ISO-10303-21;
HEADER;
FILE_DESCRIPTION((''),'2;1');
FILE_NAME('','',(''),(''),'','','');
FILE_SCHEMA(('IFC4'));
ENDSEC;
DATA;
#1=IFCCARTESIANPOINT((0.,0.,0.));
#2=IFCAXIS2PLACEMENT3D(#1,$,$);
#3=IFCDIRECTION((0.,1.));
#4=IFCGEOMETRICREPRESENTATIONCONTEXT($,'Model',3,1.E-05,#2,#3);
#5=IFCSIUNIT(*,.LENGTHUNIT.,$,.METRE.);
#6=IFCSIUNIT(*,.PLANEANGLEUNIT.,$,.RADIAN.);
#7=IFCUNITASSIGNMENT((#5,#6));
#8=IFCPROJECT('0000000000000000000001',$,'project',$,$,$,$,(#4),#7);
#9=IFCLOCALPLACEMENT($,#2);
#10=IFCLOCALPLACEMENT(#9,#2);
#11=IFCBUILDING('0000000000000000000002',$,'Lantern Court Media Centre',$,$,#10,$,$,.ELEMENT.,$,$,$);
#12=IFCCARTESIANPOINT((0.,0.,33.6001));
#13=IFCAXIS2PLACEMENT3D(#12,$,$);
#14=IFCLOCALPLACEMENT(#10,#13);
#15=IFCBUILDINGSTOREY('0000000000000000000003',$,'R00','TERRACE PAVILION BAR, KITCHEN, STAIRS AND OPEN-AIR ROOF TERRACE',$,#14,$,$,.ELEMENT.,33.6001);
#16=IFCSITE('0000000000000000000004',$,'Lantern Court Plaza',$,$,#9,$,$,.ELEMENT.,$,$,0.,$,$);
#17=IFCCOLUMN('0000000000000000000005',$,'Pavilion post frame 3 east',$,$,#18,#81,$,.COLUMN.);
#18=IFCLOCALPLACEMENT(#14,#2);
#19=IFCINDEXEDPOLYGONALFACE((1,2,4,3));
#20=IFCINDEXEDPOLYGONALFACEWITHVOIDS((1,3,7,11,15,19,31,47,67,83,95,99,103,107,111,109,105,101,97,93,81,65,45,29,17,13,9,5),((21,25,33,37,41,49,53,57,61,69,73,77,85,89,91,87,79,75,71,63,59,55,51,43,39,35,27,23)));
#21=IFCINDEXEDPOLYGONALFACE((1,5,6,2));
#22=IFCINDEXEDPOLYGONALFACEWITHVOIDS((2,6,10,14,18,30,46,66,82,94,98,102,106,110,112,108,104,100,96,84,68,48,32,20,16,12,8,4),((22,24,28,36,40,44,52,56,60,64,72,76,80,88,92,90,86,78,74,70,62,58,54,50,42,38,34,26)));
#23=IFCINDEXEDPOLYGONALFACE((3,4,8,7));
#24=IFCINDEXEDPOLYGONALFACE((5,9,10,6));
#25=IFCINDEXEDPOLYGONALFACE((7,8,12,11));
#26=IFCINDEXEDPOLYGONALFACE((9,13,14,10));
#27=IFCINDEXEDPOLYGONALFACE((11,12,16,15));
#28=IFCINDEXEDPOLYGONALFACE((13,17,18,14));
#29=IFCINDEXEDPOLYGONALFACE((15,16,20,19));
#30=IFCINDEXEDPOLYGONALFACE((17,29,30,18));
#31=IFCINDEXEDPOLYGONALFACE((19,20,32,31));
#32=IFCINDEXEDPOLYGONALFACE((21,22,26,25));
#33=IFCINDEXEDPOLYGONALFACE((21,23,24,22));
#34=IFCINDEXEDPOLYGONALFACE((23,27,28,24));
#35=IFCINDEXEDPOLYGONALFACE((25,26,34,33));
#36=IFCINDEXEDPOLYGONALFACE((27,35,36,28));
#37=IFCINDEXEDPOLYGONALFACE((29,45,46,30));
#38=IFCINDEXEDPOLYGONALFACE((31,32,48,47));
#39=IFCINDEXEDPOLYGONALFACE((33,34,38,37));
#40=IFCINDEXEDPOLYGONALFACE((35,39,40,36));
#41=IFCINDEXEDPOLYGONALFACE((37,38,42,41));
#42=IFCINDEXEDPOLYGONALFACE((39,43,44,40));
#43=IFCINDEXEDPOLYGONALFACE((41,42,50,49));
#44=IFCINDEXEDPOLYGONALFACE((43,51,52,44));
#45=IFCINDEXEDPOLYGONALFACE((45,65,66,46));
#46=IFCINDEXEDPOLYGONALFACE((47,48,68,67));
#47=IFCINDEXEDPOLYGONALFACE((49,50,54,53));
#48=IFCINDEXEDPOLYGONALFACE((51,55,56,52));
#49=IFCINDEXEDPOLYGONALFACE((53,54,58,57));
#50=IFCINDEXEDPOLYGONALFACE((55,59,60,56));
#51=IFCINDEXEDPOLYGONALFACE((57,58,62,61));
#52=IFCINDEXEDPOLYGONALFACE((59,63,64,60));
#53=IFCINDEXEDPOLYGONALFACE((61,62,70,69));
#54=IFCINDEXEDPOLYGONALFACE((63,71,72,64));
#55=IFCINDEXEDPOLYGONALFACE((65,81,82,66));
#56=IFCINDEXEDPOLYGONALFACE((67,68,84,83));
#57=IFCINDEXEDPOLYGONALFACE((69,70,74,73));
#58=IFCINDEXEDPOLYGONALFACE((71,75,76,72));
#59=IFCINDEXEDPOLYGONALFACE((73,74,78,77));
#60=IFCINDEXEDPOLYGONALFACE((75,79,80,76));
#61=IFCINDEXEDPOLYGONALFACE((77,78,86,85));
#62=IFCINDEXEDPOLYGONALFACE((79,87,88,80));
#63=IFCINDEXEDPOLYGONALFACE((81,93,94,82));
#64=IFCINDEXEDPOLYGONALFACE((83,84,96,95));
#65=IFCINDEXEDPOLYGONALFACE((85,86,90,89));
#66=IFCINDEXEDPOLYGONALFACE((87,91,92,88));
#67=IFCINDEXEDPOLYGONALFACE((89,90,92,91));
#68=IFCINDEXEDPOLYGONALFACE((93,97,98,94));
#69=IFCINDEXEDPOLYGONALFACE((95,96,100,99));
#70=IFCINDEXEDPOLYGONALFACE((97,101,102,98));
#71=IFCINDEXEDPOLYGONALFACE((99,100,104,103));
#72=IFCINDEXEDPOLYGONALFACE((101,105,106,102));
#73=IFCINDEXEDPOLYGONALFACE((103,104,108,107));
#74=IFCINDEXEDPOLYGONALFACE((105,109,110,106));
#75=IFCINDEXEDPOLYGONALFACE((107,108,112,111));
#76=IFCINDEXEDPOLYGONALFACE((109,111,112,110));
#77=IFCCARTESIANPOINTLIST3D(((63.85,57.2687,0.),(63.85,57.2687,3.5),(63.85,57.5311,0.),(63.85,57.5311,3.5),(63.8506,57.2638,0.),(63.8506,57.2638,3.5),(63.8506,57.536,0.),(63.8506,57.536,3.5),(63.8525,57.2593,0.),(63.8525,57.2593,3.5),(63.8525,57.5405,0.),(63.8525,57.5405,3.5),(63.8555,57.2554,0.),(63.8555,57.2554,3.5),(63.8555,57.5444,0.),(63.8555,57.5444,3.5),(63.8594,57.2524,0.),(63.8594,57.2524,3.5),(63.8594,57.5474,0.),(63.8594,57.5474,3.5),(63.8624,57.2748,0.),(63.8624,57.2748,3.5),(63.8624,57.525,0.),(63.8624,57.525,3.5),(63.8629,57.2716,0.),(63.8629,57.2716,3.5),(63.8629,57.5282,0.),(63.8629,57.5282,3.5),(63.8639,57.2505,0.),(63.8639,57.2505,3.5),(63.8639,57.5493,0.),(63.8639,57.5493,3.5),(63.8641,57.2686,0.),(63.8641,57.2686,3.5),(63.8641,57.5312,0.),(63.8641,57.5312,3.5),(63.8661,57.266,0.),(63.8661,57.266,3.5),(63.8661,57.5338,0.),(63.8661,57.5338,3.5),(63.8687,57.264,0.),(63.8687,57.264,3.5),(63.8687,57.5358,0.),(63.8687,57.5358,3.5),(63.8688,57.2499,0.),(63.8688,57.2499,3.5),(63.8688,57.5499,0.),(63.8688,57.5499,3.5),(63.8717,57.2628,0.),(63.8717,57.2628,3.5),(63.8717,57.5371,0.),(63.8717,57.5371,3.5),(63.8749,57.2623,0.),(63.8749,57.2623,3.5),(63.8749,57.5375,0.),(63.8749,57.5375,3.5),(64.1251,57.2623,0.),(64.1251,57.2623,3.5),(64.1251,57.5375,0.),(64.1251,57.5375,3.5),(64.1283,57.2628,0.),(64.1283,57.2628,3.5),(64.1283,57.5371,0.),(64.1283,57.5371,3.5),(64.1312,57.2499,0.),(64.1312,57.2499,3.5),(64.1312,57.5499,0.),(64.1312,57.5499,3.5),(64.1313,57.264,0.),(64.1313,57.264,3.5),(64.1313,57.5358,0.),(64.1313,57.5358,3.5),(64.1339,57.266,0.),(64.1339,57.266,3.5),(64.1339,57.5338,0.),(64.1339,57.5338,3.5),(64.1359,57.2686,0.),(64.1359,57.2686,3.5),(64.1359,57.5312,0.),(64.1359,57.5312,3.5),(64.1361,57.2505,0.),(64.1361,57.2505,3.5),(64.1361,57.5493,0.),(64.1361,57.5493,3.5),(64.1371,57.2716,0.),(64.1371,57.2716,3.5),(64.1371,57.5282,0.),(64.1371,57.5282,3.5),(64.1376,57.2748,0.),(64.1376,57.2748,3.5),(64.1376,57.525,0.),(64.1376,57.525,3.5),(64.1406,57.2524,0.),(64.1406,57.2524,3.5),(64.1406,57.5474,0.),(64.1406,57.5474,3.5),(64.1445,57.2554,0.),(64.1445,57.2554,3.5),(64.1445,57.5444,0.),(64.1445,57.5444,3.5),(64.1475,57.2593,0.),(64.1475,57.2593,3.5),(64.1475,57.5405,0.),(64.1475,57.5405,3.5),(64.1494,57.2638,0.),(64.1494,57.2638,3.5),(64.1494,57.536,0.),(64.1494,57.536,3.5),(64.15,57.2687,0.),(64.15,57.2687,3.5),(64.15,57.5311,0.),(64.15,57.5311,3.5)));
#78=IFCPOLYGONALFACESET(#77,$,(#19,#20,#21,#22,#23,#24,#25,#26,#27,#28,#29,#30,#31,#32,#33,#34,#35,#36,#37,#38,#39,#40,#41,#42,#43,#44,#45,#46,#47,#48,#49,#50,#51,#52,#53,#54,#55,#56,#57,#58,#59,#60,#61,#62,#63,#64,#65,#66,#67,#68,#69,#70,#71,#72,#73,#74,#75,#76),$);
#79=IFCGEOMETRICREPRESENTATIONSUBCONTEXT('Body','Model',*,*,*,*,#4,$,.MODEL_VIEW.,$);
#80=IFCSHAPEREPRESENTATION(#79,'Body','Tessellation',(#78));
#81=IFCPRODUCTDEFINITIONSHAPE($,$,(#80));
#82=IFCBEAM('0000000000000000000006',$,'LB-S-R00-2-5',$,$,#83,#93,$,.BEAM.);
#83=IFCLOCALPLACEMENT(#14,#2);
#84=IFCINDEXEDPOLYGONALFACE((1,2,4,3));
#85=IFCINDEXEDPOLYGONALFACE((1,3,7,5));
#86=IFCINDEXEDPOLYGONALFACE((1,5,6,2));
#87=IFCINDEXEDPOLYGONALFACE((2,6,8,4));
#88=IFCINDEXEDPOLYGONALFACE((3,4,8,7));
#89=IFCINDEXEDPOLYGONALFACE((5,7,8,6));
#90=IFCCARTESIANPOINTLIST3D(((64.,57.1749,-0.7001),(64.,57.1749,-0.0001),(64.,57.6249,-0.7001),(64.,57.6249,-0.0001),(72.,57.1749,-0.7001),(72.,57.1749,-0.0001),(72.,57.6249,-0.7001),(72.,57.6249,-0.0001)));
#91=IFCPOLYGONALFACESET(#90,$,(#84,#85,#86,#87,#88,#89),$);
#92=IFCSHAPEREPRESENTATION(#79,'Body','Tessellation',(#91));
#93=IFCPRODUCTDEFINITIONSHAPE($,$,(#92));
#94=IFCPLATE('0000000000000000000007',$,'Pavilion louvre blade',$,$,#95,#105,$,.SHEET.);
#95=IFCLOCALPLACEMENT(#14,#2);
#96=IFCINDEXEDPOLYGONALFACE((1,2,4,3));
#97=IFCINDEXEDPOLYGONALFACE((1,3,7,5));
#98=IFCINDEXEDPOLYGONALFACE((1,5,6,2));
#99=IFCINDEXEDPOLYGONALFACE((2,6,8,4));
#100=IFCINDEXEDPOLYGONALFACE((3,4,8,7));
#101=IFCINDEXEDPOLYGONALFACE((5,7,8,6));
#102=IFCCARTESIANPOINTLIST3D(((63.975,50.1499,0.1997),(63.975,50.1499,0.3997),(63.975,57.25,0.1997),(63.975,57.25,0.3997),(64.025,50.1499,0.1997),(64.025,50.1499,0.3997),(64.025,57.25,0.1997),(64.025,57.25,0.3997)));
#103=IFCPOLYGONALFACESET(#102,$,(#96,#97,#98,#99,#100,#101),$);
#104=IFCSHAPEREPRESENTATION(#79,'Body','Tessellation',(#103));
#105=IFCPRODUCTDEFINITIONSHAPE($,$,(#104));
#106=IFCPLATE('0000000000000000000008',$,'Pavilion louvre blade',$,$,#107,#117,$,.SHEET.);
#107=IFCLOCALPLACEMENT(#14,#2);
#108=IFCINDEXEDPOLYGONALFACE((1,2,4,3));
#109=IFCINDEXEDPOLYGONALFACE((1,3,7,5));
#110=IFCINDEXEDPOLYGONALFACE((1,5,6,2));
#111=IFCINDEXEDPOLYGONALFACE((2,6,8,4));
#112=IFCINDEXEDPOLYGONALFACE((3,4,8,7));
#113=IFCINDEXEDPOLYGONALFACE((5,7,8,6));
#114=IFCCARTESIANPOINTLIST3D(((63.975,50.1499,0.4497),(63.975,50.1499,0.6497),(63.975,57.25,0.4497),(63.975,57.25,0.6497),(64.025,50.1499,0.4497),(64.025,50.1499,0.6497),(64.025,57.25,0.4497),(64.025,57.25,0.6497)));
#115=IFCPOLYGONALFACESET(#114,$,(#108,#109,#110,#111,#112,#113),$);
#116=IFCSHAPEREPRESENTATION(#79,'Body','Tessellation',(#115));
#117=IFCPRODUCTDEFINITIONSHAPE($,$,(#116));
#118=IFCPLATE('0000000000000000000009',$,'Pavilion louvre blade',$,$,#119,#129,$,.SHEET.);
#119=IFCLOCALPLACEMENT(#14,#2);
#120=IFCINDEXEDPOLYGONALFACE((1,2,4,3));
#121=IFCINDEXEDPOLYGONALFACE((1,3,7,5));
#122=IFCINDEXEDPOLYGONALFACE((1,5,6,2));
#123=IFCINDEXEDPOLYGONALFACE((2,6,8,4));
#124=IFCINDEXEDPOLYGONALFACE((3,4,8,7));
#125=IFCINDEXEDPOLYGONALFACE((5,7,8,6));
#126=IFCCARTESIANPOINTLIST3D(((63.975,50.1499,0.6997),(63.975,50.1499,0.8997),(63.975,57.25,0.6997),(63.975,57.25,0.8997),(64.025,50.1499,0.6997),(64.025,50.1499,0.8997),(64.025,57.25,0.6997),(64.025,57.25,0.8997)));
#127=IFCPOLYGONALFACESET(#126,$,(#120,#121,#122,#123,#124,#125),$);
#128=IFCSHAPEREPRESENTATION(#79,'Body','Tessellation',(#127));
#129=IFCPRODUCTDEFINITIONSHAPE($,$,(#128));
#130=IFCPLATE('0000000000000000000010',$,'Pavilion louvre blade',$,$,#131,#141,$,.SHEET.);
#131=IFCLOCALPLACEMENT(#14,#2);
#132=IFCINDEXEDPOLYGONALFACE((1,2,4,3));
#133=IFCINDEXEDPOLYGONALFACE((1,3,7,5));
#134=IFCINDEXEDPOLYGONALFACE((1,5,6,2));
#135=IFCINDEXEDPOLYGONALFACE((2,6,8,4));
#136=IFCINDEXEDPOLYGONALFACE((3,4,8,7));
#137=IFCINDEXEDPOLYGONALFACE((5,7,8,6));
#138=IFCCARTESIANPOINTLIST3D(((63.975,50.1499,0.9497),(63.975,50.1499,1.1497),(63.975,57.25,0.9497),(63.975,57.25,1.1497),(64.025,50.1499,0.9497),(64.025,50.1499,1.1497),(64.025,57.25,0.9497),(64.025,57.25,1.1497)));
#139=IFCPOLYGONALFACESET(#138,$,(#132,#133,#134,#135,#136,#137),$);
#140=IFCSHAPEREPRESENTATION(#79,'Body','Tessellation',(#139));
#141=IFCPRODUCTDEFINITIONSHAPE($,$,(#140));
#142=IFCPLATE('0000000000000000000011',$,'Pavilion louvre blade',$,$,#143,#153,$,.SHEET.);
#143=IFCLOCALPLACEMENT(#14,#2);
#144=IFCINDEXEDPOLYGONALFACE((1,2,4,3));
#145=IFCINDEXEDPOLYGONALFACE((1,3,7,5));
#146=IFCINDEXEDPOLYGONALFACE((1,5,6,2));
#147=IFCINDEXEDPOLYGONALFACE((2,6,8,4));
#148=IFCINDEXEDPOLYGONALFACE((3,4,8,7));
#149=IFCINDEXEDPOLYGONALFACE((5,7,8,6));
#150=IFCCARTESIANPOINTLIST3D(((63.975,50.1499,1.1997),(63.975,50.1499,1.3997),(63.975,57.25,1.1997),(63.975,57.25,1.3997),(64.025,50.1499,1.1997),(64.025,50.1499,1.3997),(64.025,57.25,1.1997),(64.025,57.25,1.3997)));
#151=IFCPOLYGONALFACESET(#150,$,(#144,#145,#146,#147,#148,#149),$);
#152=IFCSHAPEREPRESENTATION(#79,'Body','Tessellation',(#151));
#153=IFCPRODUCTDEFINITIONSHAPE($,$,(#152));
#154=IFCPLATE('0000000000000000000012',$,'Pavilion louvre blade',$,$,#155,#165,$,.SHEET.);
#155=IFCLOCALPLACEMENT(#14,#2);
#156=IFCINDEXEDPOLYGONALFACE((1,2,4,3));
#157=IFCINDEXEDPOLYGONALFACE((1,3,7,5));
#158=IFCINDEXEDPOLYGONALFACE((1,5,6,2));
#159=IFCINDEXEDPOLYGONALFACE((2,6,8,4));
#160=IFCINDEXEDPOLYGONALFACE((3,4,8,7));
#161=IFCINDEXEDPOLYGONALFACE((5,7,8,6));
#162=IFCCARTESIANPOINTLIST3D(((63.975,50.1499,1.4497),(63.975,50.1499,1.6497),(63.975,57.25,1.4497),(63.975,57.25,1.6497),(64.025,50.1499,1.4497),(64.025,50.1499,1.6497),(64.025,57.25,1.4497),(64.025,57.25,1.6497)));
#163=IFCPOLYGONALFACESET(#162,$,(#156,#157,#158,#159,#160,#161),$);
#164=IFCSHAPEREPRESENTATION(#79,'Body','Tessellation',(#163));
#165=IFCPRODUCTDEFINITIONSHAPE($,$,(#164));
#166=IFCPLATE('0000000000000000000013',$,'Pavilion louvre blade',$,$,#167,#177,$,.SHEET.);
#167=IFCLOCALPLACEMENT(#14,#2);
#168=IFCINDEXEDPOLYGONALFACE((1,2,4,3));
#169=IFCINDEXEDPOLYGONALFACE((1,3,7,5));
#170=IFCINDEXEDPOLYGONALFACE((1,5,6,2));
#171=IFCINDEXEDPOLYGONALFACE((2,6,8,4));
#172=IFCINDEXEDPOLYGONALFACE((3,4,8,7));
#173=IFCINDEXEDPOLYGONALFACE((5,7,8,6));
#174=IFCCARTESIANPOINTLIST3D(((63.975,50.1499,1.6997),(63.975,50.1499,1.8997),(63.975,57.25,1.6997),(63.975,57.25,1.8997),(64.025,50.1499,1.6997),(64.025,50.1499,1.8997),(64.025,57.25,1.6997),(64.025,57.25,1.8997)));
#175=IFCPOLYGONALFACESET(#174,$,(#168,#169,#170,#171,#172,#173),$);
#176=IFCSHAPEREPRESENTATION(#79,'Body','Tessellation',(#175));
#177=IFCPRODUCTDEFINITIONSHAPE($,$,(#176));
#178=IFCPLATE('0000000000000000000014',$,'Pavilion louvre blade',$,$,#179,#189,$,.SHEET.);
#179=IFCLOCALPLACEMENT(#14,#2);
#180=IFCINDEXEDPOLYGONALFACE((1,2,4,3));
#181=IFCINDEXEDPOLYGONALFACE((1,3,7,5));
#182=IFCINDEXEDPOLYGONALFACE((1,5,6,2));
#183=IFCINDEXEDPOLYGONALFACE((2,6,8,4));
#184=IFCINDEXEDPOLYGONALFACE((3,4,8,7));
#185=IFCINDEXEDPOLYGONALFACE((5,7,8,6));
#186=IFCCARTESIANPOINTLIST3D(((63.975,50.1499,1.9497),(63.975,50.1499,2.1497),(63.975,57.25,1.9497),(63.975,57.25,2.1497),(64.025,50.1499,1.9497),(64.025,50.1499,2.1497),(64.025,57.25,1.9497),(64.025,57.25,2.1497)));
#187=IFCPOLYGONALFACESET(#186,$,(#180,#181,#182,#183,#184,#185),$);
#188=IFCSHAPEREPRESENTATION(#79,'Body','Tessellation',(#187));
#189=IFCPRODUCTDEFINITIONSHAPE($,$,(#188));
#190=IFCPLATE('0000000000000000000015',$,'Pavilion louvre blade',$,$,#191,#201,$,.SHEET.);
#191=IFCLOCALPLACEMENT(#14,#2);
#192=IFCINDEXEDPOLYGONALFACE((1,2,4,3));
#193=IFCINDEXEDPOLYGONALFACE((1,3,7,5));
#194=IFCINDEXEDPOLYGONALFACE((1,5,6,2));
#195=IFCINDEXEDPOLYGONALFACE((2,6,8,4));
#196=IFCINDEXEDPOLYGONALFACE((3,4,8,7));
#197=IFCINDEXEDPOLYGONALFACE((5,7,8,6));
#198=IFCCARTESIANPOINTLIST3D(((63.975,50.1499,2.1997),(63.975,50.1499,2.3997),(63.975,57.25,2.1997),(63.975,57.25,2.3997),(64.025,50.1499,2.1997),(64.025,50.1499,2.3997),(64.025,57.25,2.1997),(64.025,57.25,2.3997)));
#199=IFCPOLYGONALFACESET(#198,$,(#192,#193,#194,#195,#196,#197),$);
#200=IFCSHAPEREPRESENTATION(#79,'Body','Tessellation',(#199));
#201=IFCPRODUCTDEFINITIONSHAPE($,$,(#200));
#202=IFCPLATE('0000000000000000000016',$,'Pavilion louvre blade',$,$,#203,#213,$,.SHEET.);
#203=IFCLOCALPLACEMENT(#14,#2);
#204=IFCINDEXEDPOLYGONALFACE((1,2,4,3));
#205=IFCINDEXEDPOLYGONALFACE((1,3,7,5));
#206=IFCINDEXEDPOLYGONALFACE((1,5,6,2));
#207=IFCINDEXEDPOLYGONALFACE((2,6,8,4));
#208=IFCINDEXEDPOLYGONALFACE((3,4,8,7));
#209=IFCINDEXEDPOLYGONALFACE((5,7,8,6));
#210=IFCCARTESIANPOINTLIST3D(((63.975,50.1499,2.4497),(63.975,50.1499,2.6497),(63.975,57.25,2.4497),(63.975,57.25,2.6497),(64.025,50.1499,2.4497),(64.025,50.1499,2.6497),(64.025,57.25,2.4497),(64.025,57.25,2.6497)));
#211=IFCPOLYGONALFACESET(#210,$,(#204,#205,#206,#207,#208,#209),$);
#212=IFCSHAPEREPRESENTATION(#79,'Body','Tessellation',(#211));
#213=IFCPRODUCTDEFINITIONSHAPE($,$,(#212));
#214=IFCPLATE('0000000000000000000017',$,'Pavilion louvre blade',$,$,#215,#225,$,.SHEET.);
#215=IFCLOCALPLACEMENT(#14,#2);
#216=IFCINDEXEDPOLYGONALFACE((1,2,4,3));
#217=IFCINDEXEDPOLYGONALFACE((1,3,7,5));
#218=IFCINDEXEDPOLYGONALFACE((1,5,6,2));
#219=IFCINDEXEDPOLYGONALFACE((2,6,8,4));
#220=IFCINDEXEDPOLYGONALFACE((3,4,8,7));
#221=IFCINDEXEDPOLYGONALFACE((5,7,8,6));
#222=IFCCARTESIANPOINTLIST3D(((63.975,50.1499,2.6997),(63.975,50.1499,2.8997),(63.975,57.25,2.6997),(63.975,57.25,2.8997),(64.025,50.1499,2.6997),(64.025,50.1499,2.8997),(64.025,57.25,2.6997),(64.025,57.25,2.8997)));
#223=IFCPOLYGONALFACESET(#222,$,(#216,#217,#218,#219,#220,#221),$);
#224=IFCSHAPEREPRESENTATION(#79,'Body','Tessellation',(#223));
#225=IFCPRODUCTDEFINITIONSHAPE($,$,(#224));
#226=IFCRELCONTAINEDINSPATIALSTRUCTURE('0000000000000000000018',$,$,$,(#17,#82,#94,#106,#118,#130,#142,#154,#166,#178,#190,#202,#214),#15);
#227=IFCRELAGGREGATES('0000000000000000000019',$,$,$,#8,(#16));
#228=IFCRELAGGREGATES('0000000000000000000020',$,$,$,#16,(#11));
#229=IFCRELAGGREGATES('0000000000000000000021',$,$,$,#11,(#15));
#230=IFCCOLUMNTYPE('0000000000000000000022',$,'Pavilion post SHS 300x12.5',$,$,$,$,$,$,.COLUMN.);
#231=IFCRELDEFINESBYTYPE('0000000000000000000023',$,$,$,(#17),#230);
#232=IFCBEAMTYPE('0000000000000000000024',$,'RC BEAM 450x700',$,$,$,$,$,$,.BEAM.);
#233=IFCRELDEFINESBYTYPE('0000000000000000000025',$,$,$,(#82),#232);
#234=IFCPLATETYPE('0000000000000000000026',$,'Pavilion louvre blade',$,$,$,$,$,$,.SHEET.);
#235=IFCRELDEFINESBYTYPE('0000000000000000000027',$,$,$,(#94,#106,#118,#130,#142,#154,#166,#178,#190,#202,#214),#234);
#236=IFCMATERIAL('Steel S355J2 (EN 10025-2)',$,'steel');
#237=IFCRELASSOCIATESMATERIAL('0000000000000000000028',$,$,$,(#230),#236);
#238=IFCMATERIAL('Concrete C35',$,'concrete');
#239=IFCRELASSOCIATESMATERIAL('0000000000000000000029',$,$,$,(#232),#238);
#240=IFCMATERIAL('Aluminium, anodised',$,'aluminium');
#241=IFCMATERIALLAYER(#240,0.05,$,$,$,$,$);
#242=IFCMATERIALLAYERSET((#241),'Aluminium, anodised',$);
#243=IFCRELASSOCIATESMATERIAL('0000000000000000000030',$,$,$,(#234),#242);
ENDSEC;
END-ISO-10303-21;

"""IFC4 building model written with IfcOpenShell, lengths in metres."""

from ifc_helpers import new_model, si_unit, direction, frame, origin, origin_2d, place, context, subcontext, project, spatial, rectangle, hollow_rectangle, extrude, material, layer, layer_set, material_profile, profile_set, type_object, element, save


model = new_model("IFC4")

# Units and contexts
model_context = context("Model", 3, precision=1e-05, world=origin(), true_north=direction((0.0, 1.0)))
body_context = subcontext(model_context, "Body", "Model", "MODEL_VIEW")
ifc_project = project(units=[si_unit("LENGTHUNIT", "METRE"), si_unit("PLANEANGLEUNIT", "RADIAN")], contexts=[model_context])

# Site, building, storey
site_placement = place(None, origin())
site = spatial("IfcSite", under=ifc_project, at=site_placement, Name="Lantern Court Plaza", CompositionType="ELEMENT", RefElevation=0.0)
building_placement = place(site_placement, origin())
building = spatial("IfcBuilding", under=site, at=building_placement, Name="Lantern Court Media Centre", CompositionType="ELEMENT")
storey_placement = place(building_placement, frame((0.0, 0.0, 33.6001)))
storey = spatial("IfcBuildingStorey", under=building, at=storey_placement, Name="R00", Description="TERRACE PAVILION BAR, KITCHEN, STAIRS AND OPEN-AIR ROOF TERRACE", CompositionType="ELEMENT", Elevation=33.6001)

# Column
ifc_material_1 = material(Name="Steel S355J2 (EN 10025-2)", Category="steel")
ifc_material_profile_1 = material_profile(ifc_material_1, hollow_rectangle(XDim=0.3, YDim=0.3, WallThickness=0.0125, InnerFilletRadius=0.0125, OuterFilletRadius=0.0188, at=origin_2d()), Name="Pavilion post SHS 300x12.5")
ifc_profile_set_1 = profile_set([ifc_material_profile_1], Name="Steel S355J2 (EN 10025-2)")
column_type = type_object("IfcColumnType", Name="Pavilion post SHS 300x12.5", PredefinedType="COLUMN", material=ifc_profile_set_1)
column_placement = place(storey_placement, frame((64.0, 57.3999, 0.0), z_axis=(0.0, 0.0, 1.0), x_axis=(1.0, 0.0, 0.0)))
element("IfcColumn", 1, at=column_placement, inside=storey, type_object=column_type, Name="Pavilion post frame 3 east", PredefinedType="COLUMN", context=body_context, shape_type="SweptSolid", body=[
    extrude(hollow_rectangle(XDim=0.3, YDim=0.3, WallThickness=0.0125, InnerFilletRadius=0.0125, OuterFilletRadius=0.0188, at=origin_2d()), origin(), (0.0, 0.0, 1.0), 3.5),
])

# Beam
ifc_material_2 = material(Name="Concrete C35", Category="concrete")
ifc_material_profile_2 = material_profile(ifc_material_2, rectangle(XDim=0.45, YDim=0.7, at=origin_2d()), Name="RC 450x700")
ifc_profile_set_2 = profile_set([ifc_material_profile_2], Name="Concrete C35")
beam_type = type_object("IfcBeamType", Name="RC BEAM 450x700", PredefinedType="BEAM", material=ifc_profile_set_2)
beam_placement = place(storey_placement, frame((64.0, 57.3999, -0.3501), z_axis=(1.0, 0.0, 0.0), x_axis=(0.0, 1.0, 0.0)))
element("IfcBeam", 2, at=beam_placement, inside=storey, type_object=beam_type, Name="LB-S-R00-2-5", PredefinedType="BEAM", context=body_context, shape_type="SweptSolid", body=[
    extrude(rectangle(XDim=0.45, YDim=0.7, at=origin_2d()), origin(), (0.0, 0.0, 1.0), 8.0),
])

# Plates
ifc_material_3 = material(Name="Aluminium, anodised", Category="aluminium")
ifc_layer_1 = layer(ifc_material_3, 0.05)
ifc_layer_set_1 = layer_set([ifc_layer_1], Name="Aluminium, anodised")
plate_type = type_object("IfcPlateType", Name="Pavilion louvre blade", PredefinedType="SHEET", material=ifc_layer_set_1)
for number, where, z_axis, x_axis, name in (
    (3, (64.0, 53.7, 0.1997), (0.0, 0.0, 1.0), (1.0, 0.0, 0.0), "Pavilion louvre blade"),
    (4, (64.0, 53.7, 0.4497), (0.0, 0.0, 1.0), (1.0, 0.0, 0.0), "Pavilion louvre blade"),
    (5, (64.0, 53.7, 0.6997), (0.0, 0.0, 1.0), (1.0, 0.0, 0.0), "Pavilion louvre blade"),
    (6, (64.0, 53.7, 0.9497), (0.0, 0.0, 1.0), (1.0, 0.0, 0.0), "Pavilion louvre blade"),
    (7, (64.0, 53.7, 1.1997), (0.0, 0.0, 1.0), (1.0, 0.0, 0.0), "Pavilion louvre blade"),
    (8, (64.0, 53.7, 1.4497), (0.0, 0.0, 1.0), (1.0, 0.0, 0.0), "Pavilion louvre blade"),
    (9, (64.0, 53.7, 1.6997), (0.0, 0.0, 1.0), (1.0, 0.0, 0.0), "Pavilion louvre blade"),
    (10, (64.0, 53.7, 1.9497), (0.0, 0.0, 1.0), (1.0, 0.0, 0.0), "Pavilion louvre blade"),
    (11, (64.0, 53.7, 2.1997), (0.0, 0.0, 1.0), (1.0, 0.0, 0.0), "Pavilion louvre blade"),
    (12, (64.0, 53.7, 2.4497), (0.0, 0.0, 1.0), (1.0, 0.0, 0.0), "Pavilion louvre blade"),
    (13, (64.0, 53.7, 2.6997), (0.0, 0.0, 1.0), (1.0, 0.0, 0.0), "Pavilion louvre blade"),
):
    element("IfcPlate", number, at=place(storey_placement, frame(where, z_axis=z_axis, x_axis=x_axis)), inside=storey, type_object=plate_type, Name=name, PredefinedType="SHEET", context=body_context, shape_type="SweptSolid", body=[
        extrude(rectangle(XDim=0.05, YDim=7.1001, at=origin_2d()), origin(), (0.0, 0.0, 1.0), 0.2),
    ])

save(model, "model.ifc")
